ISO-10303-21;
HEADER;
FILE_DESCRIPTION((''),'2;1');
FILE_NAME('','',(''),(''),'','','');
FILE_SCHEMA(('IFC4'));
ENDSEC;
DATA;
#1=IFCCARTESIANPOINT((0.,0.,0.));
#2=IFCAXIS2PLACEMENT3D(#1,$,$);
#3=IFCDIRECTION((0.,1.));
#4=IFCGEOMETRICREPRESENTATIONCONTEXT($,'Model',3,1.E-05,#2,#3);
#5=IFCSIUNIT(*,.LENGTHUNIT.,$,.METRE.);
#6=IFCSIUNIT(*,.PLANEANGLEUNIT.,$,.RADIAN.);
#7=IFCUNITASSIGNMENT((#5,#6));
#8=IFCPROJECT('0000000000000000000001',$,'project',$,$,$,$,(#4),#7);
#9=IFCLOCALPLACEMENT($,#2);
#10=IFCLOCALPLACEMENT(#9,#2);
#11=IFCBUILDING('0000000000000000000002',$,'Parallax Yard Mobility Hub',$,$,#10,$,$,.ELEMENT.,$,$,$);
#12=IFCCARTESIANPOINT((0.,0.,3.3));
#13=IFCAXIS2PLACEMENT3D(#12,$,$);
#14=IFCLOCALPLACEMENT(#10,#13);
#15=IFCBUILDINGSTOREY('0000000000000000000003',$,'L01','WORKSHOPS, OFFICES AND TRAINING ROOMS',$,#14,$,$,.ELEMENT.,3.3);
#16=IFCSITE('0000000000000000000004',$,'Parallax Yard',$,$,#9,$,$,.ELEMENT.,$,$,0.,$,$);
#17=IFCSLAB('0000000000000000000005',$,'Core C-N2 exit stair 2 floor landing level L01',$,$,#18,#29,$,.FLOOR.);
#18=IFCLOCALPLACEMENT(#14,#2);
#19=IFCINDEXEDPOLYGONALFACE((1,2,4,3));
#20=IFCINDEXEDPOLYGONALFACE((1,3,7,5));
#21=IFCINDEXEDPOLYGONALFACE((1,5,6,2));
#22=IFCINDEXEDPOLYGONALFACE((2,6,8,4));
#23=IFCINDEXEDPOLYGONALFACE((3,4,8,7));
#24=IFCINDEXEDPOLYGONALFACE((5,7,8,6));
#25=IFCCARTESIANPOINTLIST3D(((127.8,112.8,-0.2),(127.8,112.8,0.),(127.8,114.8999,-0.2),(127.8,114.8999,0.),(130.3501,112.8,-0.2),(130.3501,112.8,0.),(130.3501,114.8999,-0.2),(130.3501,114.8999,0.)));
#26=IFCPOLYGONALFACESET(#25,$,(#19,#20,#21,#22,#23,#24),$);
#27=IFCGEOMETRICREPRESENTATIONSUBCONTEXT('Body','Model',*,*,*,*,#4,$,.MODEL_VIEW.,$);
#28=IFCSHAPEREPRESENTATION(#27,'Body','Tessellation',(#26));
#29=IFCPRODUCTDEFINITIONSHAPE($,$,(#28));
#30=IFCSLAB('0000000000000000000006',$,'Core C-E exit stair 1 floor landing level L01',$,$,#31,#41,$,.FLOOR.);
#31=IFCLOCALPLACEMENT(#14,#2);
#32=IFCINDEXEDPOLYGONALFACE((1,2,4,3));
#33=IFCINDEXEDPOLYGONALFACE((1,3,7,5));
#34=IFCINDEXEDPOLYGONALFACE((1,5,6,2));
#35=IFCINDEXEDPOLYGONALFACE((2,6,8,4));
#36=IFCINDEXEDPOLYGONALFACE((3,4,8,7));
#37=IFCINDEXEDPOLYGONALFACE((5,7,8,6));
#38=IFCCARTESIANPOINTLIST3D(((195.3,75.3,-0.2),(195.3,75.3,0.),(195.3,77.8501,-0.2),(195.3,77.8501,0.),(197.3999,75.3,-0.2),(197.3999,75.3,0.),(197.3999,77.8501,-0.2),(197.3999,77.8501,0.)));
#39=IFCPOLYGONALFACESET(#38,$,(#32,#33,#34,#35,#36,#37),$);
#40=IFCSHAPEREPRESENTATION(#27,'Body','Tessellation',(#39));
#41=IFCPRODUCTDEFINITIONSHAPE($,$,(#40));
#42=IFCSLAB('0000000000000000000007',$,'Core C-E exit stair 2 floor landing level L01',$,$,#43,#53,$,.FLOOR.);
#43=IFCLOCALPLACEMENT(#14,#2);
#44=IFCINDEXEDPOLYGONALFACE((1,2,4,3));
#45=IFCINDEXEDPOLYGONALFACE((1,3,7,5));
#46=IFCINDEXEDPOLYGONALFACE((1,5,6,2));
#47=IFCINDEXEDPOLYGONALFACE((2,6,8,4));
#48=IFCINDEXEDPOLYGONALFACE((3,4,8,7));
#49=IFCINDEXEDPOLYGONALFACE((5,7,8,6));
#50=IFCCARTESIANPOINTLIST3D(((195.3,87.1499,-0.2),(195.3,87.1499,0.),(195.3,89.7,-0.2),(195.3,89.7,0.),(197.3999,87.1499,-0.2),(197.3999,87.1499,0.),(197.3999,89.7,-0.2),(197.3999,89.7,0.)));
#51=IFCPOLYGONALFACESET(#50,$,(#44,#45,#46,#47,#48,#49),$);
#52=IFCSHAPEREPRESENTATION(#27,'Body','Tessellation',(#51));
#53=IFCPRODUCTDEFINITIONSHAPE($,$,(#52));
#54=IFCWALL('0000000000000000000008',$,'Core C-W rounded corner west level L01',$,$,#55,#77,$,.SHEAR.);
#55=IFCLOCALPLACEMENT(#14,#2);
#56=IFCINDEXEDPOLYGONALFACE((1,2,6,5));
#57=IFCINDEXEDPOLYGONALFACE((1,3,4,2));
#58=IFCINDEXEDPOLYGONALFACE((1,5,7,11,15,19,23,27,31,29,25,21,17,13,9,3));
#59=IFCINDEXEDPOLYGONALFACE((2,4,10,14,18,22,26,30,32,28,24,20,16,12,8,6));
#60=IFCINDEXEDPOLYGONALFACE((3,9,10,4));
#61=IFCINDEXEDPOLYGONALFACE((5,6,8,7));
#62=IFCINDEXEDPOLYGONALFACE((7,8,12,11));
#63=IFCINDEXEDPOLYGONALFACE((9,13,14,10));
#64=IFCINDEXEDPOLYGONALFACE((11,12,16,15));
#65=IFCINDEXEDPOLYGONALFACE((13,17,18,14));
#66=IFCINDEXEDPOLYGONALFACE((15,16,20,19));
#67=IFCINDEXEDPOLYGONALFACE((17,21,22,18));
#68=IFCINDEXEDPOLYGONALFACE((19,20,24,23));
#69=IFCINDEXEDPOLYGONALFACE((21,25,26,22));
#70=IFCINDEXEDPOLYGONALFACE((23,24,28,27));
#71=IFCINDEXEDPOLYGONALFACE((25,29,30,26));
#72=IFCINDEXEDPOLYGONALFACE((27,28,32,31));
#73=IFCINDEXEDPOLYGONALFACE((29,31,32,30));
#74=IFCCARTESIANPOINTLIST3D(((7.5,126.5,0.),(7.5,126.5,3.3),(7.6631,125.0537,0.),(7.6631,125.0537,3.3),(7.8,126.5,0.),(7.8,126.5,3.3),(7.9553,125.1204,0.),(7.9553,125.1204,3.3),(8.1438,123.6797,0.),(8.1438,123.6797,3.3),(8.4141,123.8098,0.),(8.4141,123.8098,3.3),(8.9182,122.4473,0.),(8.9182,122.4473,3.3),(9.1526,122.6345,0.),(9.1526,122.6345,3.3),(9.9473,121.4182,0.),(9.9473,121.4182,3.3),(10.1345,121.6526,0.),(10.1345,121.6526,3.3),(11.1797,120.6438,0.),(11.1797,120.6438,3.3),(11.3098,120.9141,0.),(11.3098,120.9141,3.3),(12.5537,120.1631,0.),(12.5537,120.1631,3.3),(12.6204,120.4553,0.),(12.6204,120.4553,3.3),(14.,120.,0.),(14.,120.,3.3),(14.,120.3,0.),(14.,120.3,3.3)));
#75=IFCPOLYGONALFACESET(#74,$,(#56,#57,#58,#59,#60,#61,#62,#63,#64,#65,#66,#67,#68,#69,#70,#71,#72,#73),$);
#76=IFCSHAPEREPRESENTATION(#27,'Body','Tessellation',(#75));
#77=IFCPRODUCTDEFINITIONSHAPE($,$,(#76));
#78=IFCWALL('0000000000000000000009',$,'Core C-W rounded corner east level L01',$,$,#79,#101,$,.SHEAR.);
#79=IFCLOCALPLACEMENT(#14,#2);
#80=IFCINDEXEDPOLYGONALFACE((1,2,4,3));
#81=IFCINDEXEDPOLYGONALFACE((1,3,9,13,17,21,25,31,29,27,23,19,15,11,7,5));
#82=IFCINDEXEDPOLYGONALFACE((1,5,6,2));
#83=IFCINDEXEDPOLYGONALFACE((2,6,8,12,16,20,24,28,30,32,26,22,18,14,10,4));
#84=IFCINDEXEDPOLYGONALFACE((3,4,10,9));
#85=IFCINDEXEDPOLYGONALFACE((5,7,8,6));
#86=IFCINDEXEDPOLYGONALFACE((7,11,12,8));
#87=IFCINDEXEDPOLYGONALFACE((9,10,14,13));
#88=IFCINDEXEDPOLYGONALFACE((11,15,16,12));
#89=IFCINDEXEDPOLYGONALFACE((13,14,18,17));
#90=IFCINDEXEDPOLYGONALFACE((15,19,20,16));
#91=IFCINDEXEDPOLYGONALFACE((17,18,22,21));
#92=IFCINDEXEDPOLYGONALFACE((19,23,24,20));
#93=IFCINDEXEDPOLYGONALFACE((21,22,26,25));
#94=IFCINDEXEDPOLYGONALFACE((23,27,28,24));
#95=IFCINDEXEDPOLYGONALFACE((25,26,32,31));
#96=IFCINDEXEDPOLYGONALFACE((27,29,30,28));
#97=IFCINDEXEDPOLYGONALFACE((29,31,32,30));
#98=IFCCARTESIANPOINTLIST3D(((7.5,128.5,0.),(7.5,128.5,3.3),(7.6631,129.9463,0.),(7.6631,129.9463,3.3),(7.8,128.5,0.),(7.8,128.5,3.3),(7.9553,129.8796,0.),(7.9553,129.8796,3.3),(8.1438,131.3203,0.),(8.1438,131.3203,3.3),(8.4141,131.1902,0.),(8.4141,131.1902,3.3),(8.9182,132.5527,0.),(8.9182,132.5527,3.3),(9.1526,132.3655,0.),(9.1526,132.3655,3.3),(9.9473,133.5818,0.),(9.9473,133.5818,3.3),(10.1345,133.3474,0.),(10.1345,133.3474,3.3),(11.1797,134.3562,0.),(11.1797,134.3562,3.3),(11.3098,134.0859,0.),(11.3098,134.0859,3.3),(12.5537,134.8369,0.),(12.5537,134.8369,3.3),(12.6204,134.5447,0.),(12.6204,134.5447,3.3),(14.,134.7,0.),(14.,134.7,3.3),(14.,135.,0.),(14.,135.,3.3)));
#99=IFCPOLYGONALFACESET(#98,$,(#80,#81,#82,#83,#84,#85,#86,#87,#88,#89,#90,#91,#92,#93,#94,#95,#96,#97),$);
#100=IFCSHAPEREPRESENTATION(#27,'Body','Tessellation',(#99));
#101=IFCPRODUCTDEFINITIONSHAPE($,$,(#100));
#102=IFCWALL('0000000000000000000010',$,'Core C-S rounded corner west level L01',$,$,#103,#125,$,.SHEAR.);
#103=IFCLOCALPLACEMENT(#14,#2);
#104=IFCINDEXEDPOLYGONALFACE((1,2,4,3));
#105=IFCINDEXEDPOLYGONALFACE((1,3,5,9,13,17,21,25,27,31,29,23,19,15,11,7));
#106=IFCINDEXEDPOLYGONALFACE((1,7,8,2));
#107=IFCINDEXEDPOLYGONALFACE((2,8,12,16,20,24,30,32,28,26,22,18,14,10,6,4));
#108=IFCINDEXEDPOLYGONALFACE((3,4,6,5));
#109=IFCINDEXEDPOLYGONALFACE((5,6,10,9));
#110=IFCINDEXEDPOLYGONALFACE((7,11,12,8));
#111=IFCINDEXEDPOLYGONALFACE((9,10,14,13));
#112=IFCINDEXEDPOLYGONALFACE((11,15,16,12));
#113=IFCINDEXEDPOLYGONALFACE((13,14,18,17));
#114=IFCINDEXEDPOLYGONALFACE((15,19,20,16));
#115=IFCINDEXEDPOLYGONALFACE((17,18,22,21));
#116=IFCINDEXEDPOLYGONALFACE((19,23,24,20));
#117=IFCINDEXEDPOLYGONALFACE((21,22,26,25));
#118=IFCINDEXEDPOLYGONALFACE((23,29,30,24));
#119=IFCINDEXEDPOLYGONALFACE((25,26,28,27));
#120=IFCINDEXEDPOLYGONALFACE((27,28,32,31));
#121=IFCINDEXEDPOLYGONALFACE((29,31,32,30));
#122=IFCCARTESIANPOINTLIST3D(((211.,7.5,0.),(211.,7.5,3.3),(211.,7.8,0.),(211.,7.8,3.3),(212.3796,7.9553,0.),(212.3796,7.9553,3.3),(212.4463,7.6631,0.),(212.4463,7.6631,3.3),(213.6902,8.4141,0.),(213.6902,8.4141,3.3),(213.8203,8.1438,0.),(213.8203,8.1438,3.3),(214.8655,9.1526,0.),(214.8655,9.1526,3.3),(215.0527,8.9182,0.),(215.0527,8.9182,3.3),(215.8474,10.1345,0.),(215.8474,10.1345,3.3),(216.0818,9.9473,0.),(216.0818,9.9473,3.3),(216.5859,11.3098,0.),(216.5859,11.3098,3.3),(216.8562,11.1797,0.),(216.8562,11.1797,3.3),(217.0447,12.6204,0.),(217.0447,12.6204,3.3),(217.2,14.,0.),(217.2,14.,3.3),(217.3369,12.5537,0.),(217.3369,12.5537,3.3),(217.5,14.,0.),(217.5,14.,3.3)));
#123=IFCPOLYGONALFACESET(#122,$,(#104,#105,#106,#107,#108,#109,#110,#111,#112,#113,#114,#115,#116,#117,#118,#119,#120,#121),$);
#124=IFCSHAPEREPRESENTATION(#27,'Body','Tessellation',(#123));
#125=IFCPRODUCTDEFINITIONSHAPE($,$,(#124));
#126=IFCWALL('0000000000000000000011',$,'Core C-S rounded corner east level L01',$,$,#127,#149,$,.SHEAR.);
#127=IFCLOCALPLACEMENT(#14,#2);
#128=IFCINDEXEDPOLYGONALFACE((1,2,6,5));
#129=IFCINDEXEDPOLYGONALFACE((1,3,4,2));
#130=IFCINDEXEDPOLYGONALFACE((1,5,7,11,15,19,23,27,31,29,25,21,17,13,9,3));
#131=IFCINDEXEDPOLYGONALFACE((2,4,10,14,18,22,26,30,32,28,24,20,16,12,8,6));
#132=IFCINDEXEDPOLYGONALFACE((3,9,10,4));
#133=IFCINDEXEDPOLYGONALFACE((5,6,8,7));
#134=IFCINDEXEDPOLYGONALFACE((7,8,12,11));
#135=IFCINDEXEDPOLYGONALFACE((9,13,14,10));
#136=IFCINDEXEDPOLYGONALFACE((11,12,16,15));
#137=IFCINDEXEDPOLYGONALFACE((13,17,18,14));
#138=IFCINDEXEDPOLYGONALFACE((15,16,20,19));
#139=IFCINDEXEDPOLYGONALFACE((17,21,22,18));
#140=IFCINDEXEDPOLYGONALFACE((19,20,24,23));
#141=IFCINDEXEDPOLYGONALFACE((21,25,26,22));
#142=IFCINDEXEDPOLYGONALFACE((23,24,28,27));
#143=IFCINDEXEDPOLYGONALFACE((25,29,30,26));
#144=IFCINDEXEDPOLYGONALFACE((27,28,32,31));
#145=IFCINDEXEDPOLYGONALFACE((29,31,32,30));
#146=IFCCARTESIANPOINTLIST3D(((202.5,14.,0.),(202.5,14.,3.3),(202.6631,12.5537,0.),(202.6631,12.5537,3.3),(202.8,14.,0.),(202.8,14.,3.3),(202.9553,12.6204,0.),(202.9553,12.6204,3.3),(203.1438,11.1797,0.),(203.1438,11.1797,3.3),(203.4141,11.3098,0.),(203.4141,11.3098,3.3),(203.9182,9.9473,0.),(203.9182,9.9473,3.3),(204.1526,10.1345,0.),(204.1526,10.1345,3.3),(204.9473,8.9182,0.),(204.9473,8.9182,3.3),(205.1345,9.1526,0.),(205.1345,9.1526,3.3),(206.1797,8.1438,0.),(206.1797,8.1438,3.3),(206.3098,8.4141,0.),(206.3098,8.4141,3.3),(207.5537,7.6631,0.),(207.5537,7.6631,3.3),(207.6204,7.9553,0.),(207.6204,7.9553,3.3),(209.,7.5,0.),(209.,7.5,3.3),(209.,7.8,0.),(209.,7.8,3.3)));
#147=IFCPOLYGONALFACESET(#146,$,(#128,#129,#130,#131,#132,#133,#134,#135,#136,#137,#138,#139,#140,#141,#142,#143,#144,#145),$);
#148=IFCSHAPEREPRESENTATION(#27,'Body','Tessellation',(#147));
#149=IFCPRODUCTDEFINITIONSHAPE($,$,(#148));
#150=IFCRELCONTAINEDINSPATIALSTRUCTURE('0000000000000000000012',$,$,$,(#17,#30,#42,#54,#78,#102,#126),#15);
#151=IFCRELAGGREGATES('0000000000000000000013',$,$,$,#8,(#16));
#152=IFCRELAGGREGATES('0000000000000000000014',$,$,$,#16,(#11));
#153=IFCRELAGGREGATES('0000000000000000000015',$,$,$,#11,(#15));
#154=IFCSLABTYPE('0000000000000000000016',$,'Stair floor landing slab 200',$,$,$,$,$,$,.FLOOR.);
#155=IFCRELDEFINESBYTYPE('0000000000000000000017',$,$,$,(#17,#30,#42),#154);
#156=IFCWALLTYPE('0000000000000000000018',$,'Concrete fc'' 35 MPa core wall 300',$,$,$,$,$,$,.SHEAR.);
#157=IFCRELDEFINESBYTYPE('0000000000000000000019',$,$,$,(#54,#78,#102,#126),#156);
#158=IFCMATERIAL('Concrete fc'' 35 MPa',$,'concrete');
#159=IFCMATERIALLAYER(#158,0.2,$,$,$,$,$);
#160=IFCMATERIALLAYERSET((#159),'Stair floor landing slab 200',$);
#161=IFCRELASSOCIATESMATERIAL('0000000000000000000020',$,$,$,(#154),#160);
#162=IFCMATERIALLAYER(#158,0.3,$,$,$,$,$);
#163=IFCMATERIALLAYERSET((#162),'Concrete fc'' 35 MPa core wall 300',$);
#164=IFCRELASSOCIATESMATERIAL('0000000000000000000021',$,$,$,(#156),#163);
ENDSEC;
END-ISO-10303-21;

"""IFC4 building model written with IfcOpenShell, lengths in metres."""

from ifc_helpers import new_model, si_unit, direction, frame, origin, place, context, subcontext, project, spatial, polyline, outline, extrude, material, layer, layer_set, type_object, element, save


model = new_model("IFC4")

# Units and contexts
model_context = context("Model", 3, precision=1e-05, world=origin(), true_north=direction((0.0, 1.0)))
body_context = subcontext(model_context, "Body", "Model", "MODEL_VIEW")
ifc_project = project(units=[si_unit("LENGTHUNIT", "METRE"), si_unit("PLANEANGLEUNIT", "RADIAN")], contexts=[model_context])

# Site, building, storey
site_placement = place(None, origin())
site = spatial("IfcSite", under=ifc_project, at=site_placement, Name="Parallax Yard", CompositionType="ELEMENT", RefElevation=0.0)
building_placement = place(site_placement, origin())
building = spatial("IfcBuilding", under=site, at=building_placement, Name="Parallax Yard Mobility Hub", CompositionType="ELEMENT")
storey_placement = place(building_placement, frame((0.0, 0.0, 3.3)))
storey = spatial("IfcBuildingStorey", under=building, at=storey_placement, Name="L01", Description="WORKSHOPS, OFFICES AND TRAINING ROOMS", CompositionType="ELEMENT", Elevation=3.3)

# Shared definitions
ifc_material_1 = material(Name="Concrete fc' 35 MPa", Category="concrete")

# Slabs
ifc_layer_1 = layer(ifc_material_1, 0.2)
ifc_layer_set_1 = layer_set([ifc_layer_1], Name="Stair floor landing slab 200")
slab_type_1 = type_object("IfcSlabType", Name="Stair floor landing slab 200", PredefinedType="FLOOR", material=ifc_layer_set_1)
slab_1_placement = place(storey_placement, frame((0.0, 0.0, -0.2)))
element("IfcSlab", 1, at=slab_1_placement, inside=storey, type_object=slab_type_1, Name="Core C-N2 exit stair 2 floor landing level L01", PredefinedType="FLOOR", context=body_context, shape_type="SweptSolid", body=[
    extrude(outline(polyline([(127.8, 114.8999), (127.8, 112.8), (130.3501, 112.8), (130.3501, 114.8999), (127.8, 114.8999)])), origin(), (0.0, 0.0, 1.0), 0.2),
])
slab_2_placement = place(storey_placement, frame((0.0, 0.0, -0.2)))
element("IfcSlab", 2, at=slab_2_placement, inside=storey, type_object=slab_type_1, Name="Core C-E exit stair 1 floor landing level L01", PredefinedType="FLOOR", context=body_context, shape_type="SweptSolid", body=[
    extrude(outline(polyline([(197.3999, 77.8501), (195.3, 77.8501), (195.3, 75.3), (197.3999, 75.3), (197.3999, 77.8501)])), origin(), (0.0, 0.0, 1.0), 0.2),
])
slab_3_placement = place(storey_placement, frame((0.0, 0.0, -0.2)))
element("IfcSlab", 3, at=slab_3_placement, inside=storey, type_object=slab_type_1, Name="Core C-E exit stair 2 floor landing level L01", PredefinedType="FLOOR", context=body_context, shape_type="SweptSolid", body=[
    extrude(outline(polyline([(197.3999, 89.7), (195.3, 89.7), (195.3, 87.1499), (197.3999, 87.1499), (197.3999, 89.7)])), origin(), (0.0, 0.0, 1.0), 0.2),
])

# Walls
ifc_layer_2 = layer(ifc_material_1, 0.3)
ifc_layer_set_2 = layer_set([ifc_layer_2], Name="Concrete fc' 35 MPa core wall 300")
wall_type = type_object("IfcWallType", Name="Concrete fc' 35 MPa core wall 300", PredefinedType="SHEAR", material=ifc_layer_set_2)
wall_1_placement = place(storey_placement, origin())
element("IfcWall", 4, at=wall_1_placement, inside=storey, type_object=wall_type, Name="Core C-W rounded corner west level L01", PredefinedType="SHEAR", context=body_context, shape_type="SweptSolid", body=[
    extrude(outline(polyline([(14.0, 120.0), (12.5537, 120.1631), (11.1797, 120.6438), (9.9473, 121.4182), (8.9182, 122.4473), (8.1438, 123.6797), (7.6631, 125.0537), (7.5, 126.5), (7.8, 126.5), (7.9553, 125.1204), (8.4141, 123.8098), (9.1526, 122.6345), (10.1345, 121.6526), (11.3098, 120.9141), (12.6204, 120.4553), (14.0, 120.3), (14.0, 120.0)])), origin(), (0.0, 0.0, 1.0), 3.3),
])
wall_2_placement = place(storey_placement, origin())
element("IfcWall", 5, at=wall_2_placement, inside=storey, type_object=wall_type, Name="Core C-W rounded corner east level L01", PredefinedType="SHEAR", context=body_context, shape_type="SweptSolid", body=[
    extrude(outline(polyline([(14.0, 135.0), (12.5537, 134.8369), (11.1797, 134.3562), (9.9473, 133.5818), (8.9182, 132.5527), (8.1438, 131.3203), (7.6631, 129.9463), (7.5, 128.5), (7.8, 128.5), (7.9553, 129.8796), (8.4141, 131.1902), (9.1526, 132.3655), (10.1345, 133.3474), (11.3098, 134.0859), (12.6204, 134.5447), (14.0, 134.7), (14.0, 135.0)])), origin(), (0.0, 0.0, 1.0), 3.3),
])
wall_3_placement = place(storey_placement, origin())
element("IfcWall", 6, at=wall_3_placement, inside=storey, type_object=wall_type, Name="Core C-S rounded corner west level L01", PredefinedType="SHEAR", context=body_context, shape_type="SweptSolid", body=[
    extrude(outline(polyline([(217.5, 14.0), (217.3369, 12.5537), (216.8562, 11.1797), (216.0818, 9.9473), (215.0527, 8.9182), (213.8203, 8.1438), (212.4463, 7.6631), (211.0, 7.5), (211.0, 7.8), (212.3796, 7.9553), (213.6902, 8.4141), (214.8655, 9.1526), (215.8474, 10.1345), (216.5859, 11.3098), (217.0447, 12.6204), (217.2, 14.0), (217.5, 14.0)])), origin(), (0.0, 0.0, 1.0), 3.3),
])
wall_4_placement = place(storey_placement, origin())
element("IfcWall", 7, at=wall_4_placement, inside=storey, type_object=wall_type, Name="Core C-S rounded corner east level L01", PredefinedType="SHEAR", context=body_context, shape_type="SweptSolid", body=[
    extrude(outline(polyline([(202.5, 14.0), (202.6631, 12.5537), (203.1438, 11.1797), (203.9182, 9.9473), (204.9473, 8.9182), (206.1797, 8.1438), (207.5537, 7.6631), (209.0, 7.5), (209.0, 7.8), (207.6204, 7.9553), (206.3098, 8.4141), (205.1345, 9.1526), (204.1526, 10.1345), (203.4141, 11.3098), (202.9553, 12.6204), (202.8, 14.0), (202.5, 14.0)])), origin(), (0.0, 0.0, 1.0), 3.3),
])

save(model, "model.ifc")
